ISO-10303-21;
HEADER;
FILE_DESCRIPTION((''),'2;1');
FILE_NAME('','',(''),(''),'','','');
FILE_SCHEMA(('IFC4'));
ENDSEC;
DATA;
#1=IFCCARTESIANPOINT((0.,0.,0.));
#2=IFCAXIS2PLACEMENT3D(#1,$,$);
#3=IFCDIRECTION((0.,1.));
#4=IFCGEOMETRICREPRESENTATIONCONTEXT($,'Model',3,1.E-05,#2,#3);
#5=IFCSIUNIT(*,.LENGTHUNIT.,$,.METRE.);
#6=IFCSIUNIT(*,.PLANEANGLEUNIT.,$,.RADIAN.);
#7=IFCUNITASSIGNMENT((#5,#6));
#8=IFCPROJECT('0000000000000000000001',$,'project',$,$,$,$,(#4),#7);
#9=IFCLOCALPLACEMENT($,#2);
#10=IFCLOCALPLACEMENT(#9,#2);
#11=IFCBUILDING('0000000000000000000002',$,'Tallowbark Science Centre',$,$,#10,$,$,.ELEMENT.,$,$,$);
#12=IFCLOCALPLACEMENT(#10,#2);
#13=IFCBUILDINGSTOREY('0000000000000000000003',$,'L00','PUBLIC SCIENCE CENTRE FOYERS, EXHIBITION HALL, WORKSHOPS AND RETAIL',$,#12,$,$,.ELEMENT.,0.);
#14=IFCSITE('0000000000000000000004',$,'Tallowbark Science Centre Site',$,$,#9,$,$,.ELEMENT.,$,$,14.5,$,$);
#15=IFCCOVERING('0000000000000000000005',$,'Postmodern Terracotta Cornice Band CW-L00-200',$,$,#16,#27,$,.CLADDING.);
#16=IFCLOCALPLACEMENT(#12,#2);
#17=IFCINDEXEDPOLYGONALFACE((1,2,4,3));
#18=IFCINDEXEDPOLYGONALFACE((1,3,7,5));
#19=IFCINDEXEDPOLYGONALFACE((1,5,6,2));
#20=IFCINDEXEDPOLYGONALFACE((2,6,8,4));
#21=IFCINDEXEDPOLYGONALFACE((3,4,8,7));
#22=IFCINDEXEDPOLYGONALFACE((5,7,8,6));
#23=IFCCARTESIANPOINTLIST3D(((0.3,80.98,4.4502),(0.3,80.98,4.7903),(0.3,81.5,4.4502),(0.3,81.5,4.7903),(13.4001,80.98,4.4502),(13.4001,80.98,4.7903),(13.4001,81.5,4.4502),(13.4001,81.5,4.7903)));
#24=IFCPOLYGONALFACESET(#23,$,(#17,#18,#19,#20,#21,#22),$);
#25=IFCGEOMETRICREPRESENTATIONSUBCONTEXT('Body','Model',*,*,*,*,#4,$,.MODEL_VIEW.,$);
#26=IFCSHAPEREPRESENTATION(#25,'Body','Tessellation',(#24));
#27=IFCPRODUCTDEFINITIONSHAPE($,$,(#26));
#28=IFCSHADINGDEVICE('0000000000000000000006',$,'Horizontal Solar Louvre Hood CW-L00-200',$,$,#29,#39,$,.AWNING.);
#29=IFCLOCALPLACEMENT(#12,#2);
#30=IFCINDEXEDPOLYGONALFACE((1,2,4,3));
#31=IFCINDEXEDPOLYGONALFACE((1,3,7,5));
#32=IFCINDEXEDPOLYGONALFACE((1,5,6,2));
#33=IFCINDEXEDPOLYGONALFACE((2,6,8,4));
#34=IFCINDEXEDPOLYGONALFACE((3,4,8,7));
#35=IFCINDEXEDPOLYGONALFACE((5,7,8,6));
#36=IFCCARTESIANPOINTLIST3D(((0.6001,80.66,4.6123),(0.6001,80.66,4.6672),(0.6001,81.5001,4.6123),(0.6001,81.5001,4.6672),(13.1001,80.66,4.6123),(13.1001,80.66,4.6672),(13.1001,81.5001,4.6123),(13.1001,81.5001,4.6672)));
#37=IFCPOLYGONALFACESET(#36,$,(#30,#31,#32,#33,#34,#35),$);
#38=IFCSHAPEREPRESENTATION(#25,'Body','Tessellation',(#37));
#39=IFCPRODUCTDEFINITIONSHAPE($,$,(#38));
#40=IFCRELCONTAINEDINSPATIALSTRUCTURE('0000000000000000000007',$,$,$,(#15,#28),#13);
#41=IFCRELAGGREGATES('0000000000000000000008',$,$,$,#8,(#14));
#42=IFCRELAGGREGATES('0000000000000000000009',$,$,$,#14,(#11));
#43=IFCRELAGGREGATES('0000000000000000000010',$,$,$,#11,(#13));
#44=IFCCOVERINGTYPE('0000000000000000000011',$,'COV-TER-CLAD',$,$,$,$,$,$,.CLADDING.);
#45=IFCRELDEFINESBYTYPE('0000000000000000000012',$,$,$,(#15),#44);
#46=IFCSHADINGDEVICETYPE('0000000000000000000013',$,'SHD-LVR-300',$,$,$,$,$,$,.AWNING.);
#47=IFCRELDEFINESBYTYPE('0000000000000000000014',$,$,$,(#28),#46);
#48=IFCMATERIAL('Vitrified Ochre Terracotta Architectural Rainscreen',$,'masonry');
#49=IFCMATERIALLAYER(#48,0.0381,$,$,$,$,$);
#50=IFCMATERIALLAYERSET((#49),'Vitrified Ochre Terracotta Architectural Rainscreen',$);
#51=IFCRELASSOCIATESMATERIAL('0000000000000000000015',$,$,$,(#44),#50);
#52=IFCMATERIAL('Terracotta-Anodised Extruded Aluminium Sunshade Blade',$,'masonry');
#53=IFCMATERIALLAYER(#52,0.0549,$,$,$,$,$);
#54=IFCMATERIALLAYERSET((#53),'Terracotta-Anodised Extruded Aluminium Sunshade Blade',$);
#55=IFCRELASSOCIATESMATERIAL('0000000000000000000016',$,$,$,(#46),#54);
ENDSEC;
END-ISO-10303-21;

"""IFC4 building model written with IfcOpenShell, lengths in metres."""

from ifc_helpers import new_model, si_unit, direction, frame, origin, origin_2d, place, context, subcontext, project, spatial, rectangle, extrude, material, layer, layer_set, type_object, element, save


model = new_model("IFC4")

# Units and contexts
model_context = context("Model", 3, precision=1e-05, world=origin(), true_north=direction((0.0, 1.0)))
body_context = subcontext(model_context, "Body", "Model", "MODEL_VIEW")
ifc_project = project(units=[si_unit("LENGTHUNIT", "METRE"), si_unit("PLANEANGLEUNIT", "RADIAN")], contexts=[model_context])

# Site, building, storey
site_placement = place(None, origin())
site = spatial("IfcSite", under=ifc_project, at=site_placement, Name="Tallowbark Science Centre Site", CompositionType="ELEMENT", RefElevation=14.5)
building_placement = place(site_placement, origin())
building = spatial("IfcBuilding", under=site, at=building_placement, Name="Tallowbark Science Centre", CompositionType="ELEMENT")
storey_placement = place(building_placement, origin())
storey = spatial("IfcBuildingStorey", under=building, at=storey_placement, Name="L00", Description="PUBLIC SCIENCE CENTRE FOYERS, EXHIBITION HALL, WORKSHOPS AND RETAIL", CompositionType="ELEMENT", Elevation=0.0)

# Covering
ifc_material_1 = material(Name="Vitrified Ochre Terracotta Architectural Rainscreen", Category="masonry")
ifc_layer_1 = layer(ifc_material_1, 0.0381)
ifc_layer_set_1 = layer_set([ifc_layer_1], Name="Vitrified Ochre Terracotta Architectural Rainscreen")
covering_type_1 = type_object("IfcCoveringType", Name="COV-TER-CLAD", PredefinedType="CLADDING", material=ifc_layer_set_1)
covering_1_placement = place(storey_placement, frame((6.8501, 81.24, 4.4502), z_axis=(0.0, 0.0, 1.0), x_axis=(1.0, 0.0, 0.0)))
element("IfcCovering", 1, at=covering_1_placement, inside=storey, type_object=covering_type_1, Name="Postmodern Terracotta Cornice Band CW-L00-200", PredefinedType="CLADDING", context=body_context, shape_type="SweptSolid", body=[
    extrude(rectangle(XDim=13.1001, YDim=0.52, at=origin_2d()), origin(), (0.0, 0.0, 1.0), 0.3401),
])

# Shading device
ifc_material_2 = material(Name="Terracotta-Anodised Extruded Aluminium Sunshade Blade", Category="masonry")
ifc_layer_2 = layer(ifc_material_2, 0.0549)
ifc_layer_set_2 = layer_set([ifc_layer_2], Name="Terracotta-Anodised Extruded Aluminium Sunshade Blade")
shading_device_type = type_object("IfcShadingDeviceType", Name="SHD-LVR-300", PredefinedType="AWNING", material=ifc_layer_set_2)
shading_device_placement = place(storey_placement, frame((6.8501, 81.0801, 4.6123), z_axis=(0.0, 0.0, 1.0), x_axis=(1.0, 0.0, 0.0)))
element("IfcShadingDevice", 2, at=shading_device_placement, inside=storey, type_object=shading_device_type, Name="Horizontal Solar Louvre Hood CW-L00-200", PredefinedType="AWNING", context=body_context, shape_type="SweptSolid", body=[
    extrude(rectangle(XDim=12.5, YDim=0.8401, at=origin_2d()), origin(), (0.0, 0.0, 1.0), 0.0549),
])

save(model, "model.ifc")
